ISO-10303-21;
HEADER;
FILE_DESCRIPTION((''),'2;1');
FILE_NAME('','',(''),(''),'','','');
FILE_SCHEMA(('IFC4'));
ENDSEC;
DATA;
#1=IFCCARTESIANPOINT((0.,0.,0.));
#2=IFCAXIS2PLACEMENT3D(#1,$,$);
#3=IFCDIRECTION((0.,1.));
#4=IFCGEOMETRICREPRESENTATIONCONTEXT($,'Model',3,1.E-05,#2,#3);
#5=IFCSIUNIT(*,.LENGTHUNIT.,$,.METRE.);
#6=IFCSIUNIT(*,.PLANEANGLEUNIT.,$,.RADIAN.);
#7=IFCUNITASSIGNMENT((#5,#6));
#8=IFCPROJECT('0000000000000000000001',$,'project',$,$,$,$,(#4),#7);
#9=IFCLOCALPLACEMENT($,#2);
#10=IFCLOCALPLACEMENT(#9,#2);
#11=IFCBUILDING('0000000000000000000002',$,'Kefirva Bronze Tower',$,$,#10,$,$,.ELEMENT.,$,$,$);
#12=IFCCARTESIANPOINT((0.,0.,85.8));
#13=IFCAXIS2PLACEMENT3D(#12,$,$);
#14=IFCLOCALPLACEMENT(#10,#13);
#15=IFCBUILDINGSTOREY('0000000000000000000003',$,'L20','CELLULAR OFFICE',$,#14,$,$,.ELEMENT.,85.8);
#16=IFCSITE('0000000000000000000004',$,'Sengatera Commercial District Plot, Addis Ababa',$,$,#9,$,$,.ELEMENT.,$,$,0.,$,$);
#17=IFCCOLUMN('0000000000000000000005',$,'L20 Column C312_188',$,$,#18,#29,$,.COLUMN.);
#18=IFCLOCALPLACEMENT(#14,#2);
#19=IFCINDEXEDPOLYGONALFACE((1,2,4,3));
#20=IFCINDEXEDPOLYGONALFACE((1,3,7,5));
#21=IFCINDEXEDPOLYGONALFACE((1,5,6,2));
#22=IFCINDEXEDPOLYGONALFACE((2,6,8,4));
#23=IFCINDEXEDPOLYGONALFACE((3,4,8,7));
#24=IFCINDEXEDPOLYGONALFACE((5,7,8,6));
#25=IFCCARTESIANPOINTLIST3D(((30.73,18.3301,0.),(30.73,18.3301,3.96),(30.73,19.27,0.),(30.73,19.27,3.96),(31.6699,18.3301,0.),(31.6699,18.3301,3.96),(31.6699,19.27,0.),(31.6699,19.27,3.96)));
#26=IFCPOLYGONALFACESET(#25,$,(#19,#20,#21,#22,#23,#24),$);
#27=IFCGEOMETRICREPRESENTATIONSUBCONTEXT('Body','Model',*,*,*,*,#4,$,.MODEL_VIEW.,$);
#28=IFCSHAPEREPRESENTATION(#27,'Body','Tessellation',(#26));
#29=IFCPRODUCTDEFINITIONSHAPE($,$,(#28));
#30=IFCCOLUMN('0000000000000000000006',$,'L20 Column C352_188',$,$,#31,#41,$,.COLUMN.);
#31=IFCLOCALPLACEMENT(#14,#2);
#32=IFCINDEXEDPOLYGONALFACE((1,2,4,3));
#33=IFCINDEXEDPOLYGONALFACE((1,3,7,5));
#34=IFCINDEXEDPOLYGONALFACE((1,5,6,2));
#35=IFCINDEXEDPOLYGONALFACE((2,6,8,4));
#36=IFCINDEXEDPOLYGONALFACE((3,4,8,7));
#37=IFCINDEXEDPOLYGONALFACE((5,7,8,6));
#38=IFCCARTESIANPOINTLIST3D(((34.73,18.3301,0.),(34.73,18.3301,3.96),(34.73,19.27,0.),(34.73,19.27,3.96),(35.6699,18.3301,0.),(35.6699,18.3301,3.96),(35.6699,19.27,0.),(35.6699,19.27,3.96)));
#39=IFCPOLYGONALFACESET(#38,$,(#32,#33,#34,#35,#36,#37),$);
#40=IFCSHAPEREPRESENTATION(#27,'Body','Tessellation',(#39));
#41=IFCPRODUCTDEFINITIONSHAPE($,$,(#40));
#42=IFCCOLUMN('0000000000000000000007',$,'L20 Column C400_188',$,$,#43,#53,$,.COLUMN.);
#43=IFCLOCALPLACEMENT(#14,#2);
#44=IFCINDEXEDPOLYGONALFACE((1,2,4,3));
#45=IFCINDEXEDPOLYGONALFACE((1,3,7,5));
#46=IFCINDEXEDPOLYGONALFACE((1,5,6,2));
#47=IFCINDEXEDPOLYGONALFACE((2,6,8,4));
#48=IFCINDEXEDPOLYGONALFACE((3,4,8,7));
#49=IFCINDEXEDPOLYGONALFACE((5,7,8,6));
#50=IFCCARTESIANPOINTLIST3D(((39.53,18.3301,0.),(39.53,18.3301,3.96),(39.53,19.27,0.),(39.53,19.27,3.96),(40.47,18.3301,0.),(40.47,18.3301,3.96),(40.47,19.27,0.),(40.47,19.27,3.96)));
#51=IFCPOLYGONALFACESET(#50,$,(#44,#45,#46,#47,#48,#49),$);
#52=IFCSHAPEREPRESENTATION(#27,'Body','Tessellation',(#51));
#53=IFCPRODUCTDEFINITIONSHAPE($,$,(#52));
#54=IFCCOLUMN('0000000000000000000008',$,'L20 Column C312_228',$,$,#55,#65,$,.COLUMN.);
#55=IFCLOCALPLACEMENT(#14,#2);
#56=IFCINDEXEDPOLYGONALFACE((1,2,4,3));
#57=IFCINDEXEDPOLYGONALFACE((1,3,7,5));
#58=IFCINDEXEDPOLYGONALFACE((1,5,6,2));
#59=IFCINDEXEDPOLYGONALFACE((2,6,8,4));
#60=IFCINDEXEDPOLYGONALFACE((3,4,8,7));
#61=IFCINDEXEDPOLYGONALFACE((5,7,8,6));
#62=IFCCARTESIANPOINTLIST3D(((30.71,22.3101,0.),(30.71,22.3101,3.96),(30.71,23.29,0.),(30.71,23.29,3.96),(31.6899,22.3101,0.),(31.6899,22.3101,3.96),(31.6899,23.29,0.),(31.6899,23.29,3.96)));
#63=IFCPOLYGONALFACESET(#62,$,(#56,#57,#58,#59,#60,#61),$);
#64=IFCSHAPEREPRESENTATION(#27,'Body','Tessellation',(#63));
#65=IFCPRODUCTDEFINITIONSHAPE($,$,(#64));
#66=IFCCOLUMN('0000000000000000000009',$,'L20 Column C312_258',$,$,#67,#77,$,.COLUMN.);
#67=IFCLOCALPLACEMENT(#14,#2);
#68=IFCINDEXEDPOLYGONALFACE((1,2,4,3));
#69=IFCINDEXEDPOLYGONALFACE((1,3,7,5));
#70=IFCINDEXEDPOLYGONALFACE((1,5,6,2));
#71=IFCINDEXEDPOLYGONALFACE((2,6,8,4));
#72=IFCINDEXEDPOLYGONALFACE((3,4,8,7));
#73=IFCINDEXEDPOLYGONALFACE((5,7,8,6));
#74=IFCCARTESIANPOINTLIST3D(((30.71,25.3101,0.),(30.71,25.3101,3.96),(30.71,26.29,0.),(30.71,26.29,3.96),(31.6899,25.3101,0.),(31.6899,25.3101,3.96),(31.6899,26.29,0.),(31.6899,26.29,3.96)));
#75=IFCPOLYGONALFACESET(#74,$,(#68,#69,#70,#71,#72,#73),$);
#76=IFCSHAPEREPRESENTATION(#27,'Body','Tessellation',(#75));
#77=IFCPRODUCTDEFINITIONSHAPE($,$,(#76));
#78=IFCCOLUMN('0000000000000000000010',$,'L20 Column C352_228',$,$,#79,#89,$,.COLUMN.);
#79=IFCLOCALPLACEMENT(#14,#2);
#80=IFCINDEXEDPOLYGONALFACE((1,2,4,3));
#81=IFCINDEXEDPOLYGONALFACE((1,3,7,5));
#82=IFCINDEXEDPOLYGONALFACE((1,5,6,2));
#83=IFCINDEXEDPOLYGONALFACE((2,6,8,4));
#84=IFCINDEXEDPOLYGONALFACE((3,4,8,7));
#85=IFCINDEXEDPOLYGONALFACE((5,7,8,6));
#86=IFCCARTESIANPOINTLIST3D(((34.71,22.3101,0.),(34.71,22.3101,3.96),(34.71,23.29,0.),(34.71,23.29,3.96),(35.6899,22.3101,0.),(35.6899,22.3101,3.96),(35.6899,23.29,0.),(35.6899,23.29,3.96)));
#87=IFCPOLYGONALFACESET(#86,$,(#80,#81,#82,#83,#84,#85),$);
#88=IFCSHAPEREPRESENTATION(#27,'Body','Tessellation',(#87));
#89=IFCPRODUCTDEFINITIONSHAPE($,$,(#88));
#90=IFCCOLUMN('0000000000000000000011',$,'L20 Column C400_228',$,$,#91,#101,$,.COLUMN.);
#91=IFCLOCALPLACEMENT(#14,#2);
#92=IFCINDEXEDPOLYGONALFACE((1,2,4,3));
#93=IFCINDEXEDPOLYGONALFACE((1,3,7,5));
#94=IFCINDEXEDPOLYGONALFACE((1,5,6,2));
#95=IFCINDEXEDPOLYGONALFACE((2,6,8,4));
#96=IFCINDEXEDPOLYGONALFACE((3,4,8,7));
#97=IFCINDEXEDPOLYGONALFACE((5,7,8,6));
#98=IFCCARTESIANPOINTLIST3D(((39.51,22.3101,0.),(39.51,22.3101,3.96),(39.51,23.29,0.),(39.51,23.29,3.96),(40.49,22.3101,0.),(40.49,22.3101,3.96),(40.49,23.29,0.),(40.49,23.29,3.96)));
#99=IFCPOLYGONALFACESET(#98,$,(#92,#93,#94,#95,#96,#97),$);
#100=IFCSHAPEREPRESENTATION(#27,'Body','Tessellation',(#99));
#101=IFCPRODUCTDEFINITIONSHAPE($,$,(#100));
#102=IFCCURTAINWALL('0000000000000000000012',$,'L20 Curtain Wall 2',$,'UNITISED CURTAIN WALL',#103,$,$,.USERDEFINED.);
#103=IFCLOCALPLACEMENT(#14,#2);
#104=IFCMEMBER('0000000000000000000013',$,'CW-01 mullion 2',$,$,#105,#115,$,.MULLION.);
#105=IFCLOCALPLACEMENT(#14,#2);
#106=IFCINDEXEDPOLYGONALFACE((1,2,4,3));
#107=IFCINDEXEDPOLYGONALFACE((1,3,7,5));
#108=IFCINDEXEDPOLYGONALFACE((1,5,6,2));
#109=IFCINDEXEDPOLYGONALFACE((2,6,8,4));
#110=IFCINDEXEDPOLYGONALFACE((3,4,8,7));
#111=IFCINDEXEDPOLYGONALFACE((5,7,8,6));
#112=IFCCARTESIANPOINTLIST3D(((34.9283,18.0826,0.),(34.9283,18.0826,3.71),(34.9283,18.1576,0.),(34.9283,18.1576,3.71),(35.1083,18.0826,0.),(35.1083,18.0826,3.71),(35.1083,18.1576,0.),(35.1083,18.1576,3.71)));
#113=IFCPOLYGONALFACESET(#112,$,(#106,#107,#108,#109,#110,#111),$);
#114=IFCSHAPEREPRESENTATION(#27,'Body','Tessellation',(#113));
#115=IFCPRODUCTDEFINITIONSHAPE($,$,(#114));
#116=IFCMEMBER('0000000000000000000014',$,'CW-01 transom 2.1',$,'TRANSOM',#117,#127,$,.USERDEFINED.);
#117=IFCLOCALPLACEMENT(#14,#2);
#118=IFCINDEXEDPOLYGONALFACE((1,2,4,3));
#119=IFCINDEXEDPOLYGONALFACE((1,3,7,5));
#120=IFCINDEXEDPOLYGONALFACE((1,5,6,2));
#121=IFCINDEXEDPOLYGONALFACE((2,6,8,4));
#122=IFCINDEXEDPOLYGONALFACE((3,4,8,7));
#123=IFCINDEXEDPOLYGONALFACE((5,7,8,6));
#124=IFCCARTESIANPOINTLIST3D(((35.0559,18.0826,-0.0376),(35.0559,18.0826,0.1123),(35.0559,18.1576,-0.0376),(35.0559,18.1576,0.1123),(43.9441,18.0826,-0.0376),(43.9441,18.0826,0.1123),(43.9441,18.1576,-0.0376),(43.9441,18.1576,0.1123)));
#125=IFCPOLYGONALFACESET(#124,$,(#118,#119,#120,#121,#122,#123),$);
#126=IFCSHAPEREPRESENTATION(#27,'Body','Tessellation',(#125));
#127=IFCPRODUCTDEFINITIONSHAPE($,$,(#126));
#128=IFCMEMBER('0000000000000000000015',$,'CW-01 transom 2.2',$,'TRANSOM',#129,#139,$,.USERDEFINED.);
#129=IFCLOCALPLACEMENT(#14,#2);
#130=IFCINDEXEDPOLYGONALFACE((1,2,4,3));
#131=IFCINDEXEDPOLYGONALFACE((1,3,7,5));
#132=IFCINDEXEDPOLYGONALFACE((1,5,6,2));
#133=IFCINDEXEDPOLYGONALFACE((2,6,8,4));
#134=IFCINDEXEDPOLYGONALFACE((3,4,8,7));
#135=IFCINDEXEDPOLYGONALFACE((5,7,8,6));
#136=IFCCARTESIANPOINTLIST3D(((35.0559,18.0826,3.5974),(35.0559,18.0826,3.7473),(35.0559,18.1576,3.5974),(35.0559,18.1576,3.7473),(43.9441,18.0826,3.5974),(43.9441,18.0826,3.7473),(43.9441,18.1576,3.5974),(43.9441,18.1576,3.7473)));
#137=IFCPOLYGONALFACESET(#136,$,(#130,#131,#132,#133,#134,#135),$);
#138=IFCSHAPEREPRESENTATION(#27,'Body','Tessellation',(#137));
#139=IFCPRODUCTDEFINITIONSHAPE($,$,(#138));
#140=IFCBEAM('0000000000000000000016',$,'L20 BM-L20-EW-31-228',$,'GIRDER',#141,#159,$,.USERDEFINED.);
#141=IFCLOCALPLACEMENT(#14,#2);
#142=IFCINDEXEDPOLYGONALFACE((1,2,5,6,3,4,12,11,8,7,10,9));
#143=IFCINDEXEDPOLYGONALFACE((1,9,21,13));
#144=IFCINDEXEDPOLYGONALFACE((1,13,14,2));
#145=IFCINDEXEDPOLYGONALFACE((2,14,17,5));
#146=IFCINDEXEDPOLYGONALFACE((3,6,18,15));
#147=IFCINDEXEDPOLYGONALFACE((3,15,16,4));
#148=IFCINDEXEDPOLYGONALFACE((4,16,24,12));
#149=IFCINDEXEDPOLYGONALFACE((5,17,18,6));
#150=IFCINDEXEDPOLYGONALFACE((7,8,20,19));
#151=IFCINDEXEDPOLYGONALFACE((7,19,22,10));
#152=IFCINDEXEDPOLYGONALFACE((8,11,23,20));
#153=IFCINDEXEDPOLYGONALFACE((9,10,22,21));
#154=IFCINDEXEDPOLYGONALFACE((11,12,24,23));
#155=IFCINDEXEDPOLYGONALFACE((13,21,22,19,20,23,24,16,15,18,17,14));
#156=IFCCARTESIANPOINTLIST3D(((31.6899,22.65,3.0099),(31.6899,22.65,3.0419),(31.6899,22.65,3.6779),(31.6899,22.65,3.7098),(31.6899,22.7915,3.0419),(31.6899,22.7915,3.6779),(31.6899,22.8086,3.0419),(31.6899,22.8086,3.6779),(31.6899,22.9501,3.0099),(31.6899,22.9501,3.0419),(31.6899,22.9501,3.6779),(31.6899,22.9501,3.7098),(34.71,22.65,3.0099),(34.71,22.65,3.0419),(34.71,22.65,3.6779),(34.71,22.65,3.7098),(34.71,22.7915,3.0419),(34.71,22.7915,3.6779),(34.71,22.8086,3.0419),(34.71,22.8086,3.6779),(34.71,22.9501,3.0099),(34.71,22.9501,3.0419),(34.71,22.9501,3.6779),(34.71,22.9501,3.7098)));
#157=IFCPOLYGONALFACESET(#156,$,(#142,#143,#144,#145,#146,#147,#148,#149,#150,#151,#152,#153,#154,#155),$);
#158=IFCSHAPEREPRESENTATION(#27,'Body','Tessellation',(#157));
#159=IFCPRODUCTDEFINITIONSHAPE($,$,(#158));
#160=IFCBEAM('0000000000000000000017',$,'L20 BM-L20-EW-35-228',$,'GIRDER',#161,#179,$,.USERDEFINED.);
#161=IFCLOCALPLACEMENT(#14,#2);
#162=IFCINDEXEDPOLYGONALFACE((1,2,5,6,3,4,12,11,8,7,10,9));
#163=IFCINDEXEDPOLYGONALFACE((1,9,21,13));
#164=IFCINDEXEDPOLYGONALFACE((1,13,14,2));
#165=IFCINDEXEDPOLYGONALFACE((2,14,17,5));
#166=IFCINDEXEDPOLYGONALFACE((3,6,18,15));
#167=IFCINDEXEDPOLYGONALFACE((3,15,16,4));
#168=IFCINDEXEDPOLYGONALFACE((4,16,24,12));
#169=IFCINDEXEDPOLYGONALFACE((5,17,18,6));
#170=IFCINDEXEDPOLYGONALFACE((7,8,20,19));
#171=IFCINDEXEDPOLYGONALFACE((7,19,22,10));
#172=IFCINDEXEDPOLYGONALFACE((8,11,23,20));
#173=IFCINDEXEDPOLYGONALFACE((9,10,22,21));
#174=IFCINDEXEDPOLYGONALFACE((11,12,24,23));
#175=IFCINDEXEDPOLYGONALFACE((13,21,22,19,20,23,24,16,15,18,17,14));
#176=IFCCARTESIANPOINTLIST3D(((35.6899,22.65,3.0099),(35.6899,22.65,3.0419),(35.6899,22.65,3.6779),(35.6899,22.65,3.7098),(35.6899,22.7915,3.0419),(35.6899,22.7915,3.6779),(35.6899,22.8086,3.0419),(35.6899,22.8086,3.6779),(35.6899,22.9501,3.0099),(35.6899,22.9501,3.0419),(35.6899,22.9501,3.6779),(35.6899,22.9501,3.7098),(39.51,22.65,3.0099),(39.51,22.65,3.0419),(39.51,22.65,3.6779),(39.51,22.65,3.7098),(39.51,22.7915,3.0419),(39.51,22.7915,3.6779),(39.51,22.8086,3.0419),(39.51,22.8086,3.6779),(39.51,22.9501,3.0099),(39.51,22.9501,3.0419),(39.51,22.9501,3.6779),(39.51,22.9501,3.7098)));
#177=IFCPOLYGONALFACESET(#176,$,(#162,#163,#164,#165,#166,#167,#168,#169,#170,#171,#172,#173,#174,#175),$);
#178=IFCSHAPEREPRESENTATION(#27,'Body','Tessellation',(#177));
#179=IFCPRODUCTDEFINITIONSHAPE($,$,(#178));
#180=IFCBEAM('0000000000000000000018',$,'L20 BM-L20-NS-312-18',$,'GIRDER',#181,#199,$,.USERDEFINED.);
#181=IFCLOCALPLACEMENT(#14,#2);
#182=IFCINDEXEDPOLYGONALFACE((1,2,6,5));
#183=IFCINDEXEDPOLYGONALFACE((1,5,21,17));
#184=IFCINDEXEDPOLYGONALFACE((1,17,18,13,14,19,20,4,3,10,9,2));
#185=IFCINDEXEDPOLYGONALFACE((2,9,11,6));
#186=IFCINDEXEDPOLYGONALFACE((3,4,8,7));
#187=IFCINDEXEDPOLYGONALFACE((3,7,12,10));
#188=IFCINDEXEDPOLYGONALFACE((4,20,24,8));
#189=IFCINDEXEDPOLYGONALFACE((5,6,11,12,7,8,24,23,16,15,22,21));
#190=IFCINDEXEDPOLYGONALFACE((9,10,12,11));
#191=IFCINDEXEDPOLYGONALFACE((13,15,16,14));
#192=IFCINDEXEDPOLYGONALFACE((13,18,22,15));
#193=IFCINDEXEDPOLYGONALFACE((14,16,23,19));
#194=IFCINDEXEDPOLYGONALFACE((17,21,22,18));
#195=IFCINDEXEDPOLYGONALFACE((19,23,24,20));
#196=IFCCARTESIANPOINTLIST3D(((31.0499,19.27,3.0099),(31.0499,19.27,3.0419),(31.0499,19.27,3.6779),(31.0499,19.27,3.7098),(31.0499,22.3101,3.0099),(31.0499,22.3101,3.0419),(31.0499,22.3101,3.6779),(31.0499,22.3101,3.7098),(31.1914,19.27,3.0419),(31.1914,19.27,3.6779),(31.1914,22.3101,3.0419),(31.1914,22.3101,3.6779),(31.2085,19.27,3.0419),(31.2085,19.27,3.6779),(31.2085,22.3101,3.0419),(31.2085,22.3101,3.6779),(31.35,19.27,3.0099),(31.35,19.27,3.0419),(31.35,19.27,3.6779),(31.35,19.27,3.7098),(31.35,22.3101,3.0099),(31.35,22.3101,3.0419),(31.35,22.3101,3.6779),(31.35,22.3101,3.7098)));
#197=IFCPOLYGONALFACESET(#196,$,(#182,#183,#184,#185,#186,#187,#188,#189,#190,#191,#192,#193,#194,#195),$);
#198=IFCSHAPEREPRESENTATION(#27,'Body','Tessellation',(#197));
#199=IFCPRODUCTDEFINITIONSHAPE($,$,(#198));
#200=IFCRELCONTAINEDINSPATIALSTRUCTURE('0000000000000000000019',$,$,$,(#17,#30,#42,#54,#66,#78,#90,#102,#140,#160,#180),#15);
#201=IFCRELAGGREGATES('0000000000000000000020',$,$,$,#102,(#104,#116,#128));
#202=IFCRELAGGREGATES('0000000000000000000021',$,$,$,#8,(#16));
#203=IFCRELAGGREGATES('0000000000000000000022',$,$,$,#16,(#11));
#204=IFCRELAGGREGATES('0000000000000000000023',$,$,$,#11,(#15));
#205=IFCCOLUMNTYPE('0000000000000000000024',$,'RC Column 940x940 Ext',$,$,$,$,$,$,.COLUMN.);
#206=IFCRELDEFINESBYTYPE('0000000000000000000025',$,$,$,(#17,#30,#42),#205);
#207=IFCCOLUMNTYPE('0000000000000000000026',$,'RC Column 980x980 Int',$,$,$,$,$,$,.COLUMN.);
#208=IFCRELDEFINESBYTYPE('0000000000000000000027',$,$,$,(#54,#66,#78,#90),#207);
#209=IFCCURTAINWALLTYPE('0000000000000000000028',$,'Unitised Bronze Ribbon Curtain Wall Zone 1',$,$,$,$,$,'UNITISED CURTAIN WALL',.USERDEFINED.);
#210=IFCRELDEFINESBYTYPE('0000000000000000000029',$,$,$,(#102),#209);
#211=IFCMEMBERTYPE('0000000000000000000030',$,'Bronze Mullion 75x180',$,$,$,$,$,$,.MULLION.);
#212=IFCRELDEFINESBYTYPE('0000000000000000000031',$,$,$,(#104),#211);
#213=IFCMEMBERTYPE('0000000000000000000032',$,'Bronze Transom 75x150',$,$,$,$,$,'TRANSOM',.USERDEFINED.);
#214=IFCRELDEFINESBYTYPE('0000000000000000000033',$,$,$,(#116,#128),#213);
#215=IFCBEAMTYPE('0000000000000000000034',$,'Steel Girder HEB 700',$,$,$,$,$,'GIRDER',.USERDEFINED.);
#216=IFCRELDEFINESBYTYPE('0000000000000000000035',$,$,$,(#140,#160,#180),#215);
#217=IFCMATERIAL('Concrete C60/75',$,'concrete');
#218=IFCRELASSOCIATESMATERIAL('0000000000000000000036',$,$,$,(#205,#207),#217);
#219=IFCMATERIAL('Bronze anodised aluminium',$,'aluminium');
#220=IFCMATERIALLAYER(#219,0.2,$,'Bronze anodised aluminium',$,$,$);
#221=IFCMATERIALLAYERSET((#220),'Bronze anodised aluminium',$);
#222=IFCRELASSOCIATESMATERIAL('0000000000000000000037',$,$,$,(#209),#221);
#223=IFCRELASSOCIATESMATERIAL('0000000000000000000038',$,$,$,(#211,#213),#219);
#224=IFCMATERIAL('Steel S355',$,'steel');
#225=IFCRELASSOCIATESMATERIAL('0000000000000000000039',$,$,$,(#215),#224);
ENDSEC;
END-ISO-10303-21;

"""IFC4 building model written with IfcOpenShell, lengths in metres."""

from ifc_helpers import new_model, si_unit, direction, frame, origin, origin_2d, place, context, subcontext, project, spatial, rectangle, i_section, extrude, material, layer, layer_set, material_profile, profile_set, type_object, element, aggregate, save


model = new_model("IFC4")

# Units and contexts
model_context = context("Model", 3, precision=1e-05, world=origin(), true_north=direction((0.0, 1.0)))
body_context = subcontext(model_context, "Body", "Model", "MODEL_VIEW")
ifc_project = project(units=[si_unit("LENGTHUNIT", "METRE"), si_unit("PLANEANGLEUNIT", "RADIAN")], contexts=[model_context])

# Site, building, storey
site_placement = place(None, origin())
site = spatial("IfcSite", under=ifc_project, at=site_placement, Name="Sengatera Commercial District Plot, Addis Ababa", CompositionType="ELEMENT", RefElevation=0.0)
building_placement = place(site_placement, origin())
building = spatial("IfcBuilding", under=site, at=building_placement, Name="Kefirva Bronze Tower", CompositionType="ELEMENT")
storey_placement = place(building_placement, frame((0.0, 0.0, 85.8)))
storey = spatial("IfcBuildingStorey", under=building, at=storey_placement, Name="L20", Description="CELLULAR OFFICE", CompositionType="ELEMENT", Elevation=85.8)

# Columns
ifc_material_1 = material(Name="Concrete C60/75", Category="concrete")
ifc_material_profile_1 = material_profile(ifc_material_1, rectangle(XDim=0.9399, YDim=0.9399, at=origin_2d()), Name="RC 940x940")
ifc_profile_set_1 = profile_set([ifc_material_profile_1], Name="Concrete C60/75")
column_type_1 = type_object("IfcColumnType", Name="RC Column 940x940 Ext", PredefinedType="COLUMN", material=ifc_profile_set_1)
for number, where, z_axis, x_axis, name in (
    (1, (31.2, 18.8, 0.0), (0.0, 0.0, 1.0), (1.0, 0.0, 0.0), "L20 Column C312_188"),
    (2, (35.2, 18.8, 0.0), (0.0, 0.0, 1.0), (1.0, 0.0, 0.0), "L20 Column C352_188"),
    (3, (40.0, 18.8, 0.0), (0.0, 0.0, 1.0), (1.0, 0.0, 0.0), "L20 Column C400_188"),
):
    element("IfcColumn", number, at=place(storey_placement, frame(where, z_axis=z_axis, x_axis=x_axis)), inside=storey, type_object=column_type_1, Name=name, PredefinedType="COLUMN", context=body_context, shape_type="SweptSolid", body=[
        extrude(rectangle(XDim=0.9399, YDim=0.9399, at=origin_2d()), origin(), (0.0, 0.0, 1.0), 3.96),
    ])
ifc_material_profile_2 = material_profile(ifc_material_1, rectangle(XDim=0.98, YDim=0.98, at=origin_2d()), Name="RC 980x980")
ifc_profile_set_2 = profile_set([ifc_material_profile_2], Name="Concrete C60/75")
column_type_2 = type_object("IfcColumnType", Name="RC Column 980x980 Int", PredefinedType="COLUMN", material=ifc_profile_set_2)
for number, where, z_axis, x_axis, name in (
    (4, (31.2, 22.8, 0.0), (0.0, 0.0, 1.0), (1.0, 0.0, 0.0), "L20 Column C312_228"),
    (5, (31.2, 25.8, 0.0), (0.0, 0.0, 1.0), (1.0, 0.0, 0.0), "L20 Column C312_258"),
    (6, (35.2, 22.8, 0.0), (0.0, 0.0, 1.0), (1.0, 0.0, 0.0), "L20 Column C352_228"),
    (7, (40.0, 22.8, 0.0), (0.0, 0.0, 1.0), (1.0, 0.0, 0.0), "L20 Column C400_228"),
):
    element("IfcColumn", number, at=place(storey_placement, frame(where, z_axis=z_axis, x_axis=x_axis)), inside=storey, type_object=column_type_2, Name=name, PredefinedType="COLUMN", context=body_context, shape_type="SweptSolid", body=[
        extrude(rectangle(XDim=0.98, YDim=0.98, at=origin_2d()), origin(), (0.0, 0.0, 1.0), 3.96),
    ])

# Curtain wall, members
ifc_material_2 = material(Name="Bronze anodised aluminium", Category="aluminium")
ifc_layer_1 = layer(ifc_material_2, 0.2, Name="Bronze anodised aluminium")
ifc_layer_set_1 = layer_set([ifc_layer_1], Name="Bronze anodised aluminium")
curtain_wall_type = type_object("IfcCurtainWallType", Name="Unitised Bronze Ribbon Curtain Wall Zone 1", ElementType="UNITISED CURTAIN WALL", PredefinedType="USERDEFINED", material=ifc_layer_set_1)
curtain_wall_placement = place(storey_placement, origin())
curtain_wall = element("IfcCurtainWall", 8, at=curtain_wall_placement, inside=storey, type_object=curtain_wall_type, Name="L20 Curtain Wall 2", ObjectType="UNITISED CURTAIN WALL", PredefinedType="USERDEFINED")
ifc_material_profile_3 = material_profile(ifc_material_2, rectangle(XDim=0.075, YDim=0.1799, at=origin_2d()), Name="ALU 75x180")
ifc_profile_set_3 = profile_set([ifc_material_profile_3], Name="Bronze anodised aluminium")
member_type_1 = type_object("IfcMemberType", Name="Bronze Mullion 75x180", PredefinedType="MULLION", material=ifc_profile_set_3)
member_1_placement = place(storey_placement, frame((35.0183, 18.1201, 0.0), z_axis=(0.0, 0.0, 1.0), x_axis=(0.0, 1.0, 0.0)))
member_1 = element("IfcMember", 9, at=member_1_placement, type_object=member_type_1, Name="CW-01 mullion 2", PredefinedType="MULLION", context=body_context, shape_type="SweptSolid", body=[
    extrude(rectangle(XDim=0.075, YDim=0.1799, at=origin_2d()), origin(), (0.0, 0.0, 1.0), 3.71),
])
ifc_material_profile_4 = material_profile(ifc_material_2, rectangle(XDim=0.075, YDim=0.1499, at=origin_2d()), Name="ALU 75x150")
ifc_profile_set_4 = profile_set([ifc_material_profile_4], Name="Bronze anodised aluminium")
member_type_2 = type_object("IfcMemberType", Name="Bronze Transom 75x150", ElementType="TRANSOM", PredefinedType="USERDEFINED", material=ifc_profile_set_4)
member_2_placement = place(storey_placement, frame((35.0559, 18.1201, 0.0374), z_axis=(1.0, 0.0, 0.0), x_axis=(0.0, 1.0, 0.0)))
member_2 = element("IfcMember", 10, at=member_2_placement, type_object=member_type_2, Name="CW-01 transom 2.1", ObjectType="TRANSOM", PredefinedType="USERDEFINED", context=body_context, shape_type="SweptSolid", body=[
    extrude(rectangle(XDim=0.075, YDim=0.1499, at=origin_2d()), origin(), (0.0, 0.0, 1.0), 8.8882),
])
member_3_placement = place(storey_placement, frame((35.0559, 18.1201, 3.6724), z_axis=(1.0, 0.0, 0.0), x_axis=(0.0, 1.0, 0.0)))
member_3 = element("IfcMember", 11, at=member_3_placement, type_object=member_type_2, Name="CW-01 transom 2.2", ObjectType="TRANSOM", PredefinedType="USERDEFINED", context=body_context, shape_type="SweptSolid", body=[
    extrude(rectangle(XDim=0.075, YDim=0.1499, at=origin_2d()), origin(), (0.0, 0.0, 1.0), 8.8882),
])

# Beams
ifc_material_3 = material(Name="Steel S355", Category="steel")
ifc_material_profile_5 = material_profile(ifc_material_3, i_section(OverallWidth=0.3, OverallDepth=0.7, WebThickness=0.0171, FlangeThickness=0.032, at=origin_2d()), Name="HEB 700")
ifc_profile_set_5 = profile_set([ifc_material_profile_5], Name="Steel S355")
beam_type_1 = type_object("IfcBeamType", Name="Steel Girder HEB 700", ElementType="GIRDER", PredefinedType="USERDEFINED", material=ifc_profile_set_5)
beam_1_placement = place(storey_placement, frame((31.6899, 22.8, 3.3599), z_axis=(1.0, 0.0, 0.0), x_axis=(0.0, 1.0, 0.0)))
element("IfcBeam", 12, at=beam_1_placement, inside=storey, type_object=beam_type_1, Name="L20 BM-L20-EW-31-228", ObjectType="GIRDER", PredefinedType="USERDEFINED", context=body_context, shape_type="SweptSolid", body=[
    extrude(i_section(OverallWidth=0.3, OverallDepth=0.7, WebThickness=0.0171, FlangeThickness=0.032, at=origin_2d()), origin(), (0.0, 0.0, 1.0), 3.02),
])
beam_2_placement = place(storey_placement, frame((35.6899, 22.8, 3.3599), z_axis=(1.0, 0.0, 0.0), x_axis=(0.0, 1.0, 0.0)))
element("IfcBeam", 13, at=beam_2_placement, inside=storey, type_object=beam_type_1, Name="L20 BM-L20-EW-35-228", ObjectType="GIRDER", PredefinedType="USERDEFINED", context=body_context, shape_type="SweptSolid", body=[
    extrude(i_section(OverallWidth=0.3, OverallDepth=0.7, WebThickness=0.0171, FlangeThickness=0.032, at=origin_2d()), origin(), (0.0, 0.0, 1.0), 3.8201),
])
beam_3_placement = place(storey_placement, frame((31.2, 19.27, 3.3599), z_axis=(0.0, 1.0, 0.0), x_axis=(-1.0, 0.0, 0.0)))
element("IfcBeam", 14, at=beam_3_placement, inside=storey, type_object=beam_type_1, Name="L20 BM-L20-NS-312-18", ObjectType="GIRDER", PredefinedType="USERDEFINED", context=body_context, shape_type="SweptSolid", body=[
    extrude(i_section(OverallWidth=0.3, OverallDepth=0.7, WebThickness=0.0171, FlangeThickness=0.032, at=origin_2d()), origin(), (0.0, 0.0, 1.0), 3.04),
])

aggregate(curtain_wall, [member_1, member_2, member_3])

save(model, "model.ifc")
